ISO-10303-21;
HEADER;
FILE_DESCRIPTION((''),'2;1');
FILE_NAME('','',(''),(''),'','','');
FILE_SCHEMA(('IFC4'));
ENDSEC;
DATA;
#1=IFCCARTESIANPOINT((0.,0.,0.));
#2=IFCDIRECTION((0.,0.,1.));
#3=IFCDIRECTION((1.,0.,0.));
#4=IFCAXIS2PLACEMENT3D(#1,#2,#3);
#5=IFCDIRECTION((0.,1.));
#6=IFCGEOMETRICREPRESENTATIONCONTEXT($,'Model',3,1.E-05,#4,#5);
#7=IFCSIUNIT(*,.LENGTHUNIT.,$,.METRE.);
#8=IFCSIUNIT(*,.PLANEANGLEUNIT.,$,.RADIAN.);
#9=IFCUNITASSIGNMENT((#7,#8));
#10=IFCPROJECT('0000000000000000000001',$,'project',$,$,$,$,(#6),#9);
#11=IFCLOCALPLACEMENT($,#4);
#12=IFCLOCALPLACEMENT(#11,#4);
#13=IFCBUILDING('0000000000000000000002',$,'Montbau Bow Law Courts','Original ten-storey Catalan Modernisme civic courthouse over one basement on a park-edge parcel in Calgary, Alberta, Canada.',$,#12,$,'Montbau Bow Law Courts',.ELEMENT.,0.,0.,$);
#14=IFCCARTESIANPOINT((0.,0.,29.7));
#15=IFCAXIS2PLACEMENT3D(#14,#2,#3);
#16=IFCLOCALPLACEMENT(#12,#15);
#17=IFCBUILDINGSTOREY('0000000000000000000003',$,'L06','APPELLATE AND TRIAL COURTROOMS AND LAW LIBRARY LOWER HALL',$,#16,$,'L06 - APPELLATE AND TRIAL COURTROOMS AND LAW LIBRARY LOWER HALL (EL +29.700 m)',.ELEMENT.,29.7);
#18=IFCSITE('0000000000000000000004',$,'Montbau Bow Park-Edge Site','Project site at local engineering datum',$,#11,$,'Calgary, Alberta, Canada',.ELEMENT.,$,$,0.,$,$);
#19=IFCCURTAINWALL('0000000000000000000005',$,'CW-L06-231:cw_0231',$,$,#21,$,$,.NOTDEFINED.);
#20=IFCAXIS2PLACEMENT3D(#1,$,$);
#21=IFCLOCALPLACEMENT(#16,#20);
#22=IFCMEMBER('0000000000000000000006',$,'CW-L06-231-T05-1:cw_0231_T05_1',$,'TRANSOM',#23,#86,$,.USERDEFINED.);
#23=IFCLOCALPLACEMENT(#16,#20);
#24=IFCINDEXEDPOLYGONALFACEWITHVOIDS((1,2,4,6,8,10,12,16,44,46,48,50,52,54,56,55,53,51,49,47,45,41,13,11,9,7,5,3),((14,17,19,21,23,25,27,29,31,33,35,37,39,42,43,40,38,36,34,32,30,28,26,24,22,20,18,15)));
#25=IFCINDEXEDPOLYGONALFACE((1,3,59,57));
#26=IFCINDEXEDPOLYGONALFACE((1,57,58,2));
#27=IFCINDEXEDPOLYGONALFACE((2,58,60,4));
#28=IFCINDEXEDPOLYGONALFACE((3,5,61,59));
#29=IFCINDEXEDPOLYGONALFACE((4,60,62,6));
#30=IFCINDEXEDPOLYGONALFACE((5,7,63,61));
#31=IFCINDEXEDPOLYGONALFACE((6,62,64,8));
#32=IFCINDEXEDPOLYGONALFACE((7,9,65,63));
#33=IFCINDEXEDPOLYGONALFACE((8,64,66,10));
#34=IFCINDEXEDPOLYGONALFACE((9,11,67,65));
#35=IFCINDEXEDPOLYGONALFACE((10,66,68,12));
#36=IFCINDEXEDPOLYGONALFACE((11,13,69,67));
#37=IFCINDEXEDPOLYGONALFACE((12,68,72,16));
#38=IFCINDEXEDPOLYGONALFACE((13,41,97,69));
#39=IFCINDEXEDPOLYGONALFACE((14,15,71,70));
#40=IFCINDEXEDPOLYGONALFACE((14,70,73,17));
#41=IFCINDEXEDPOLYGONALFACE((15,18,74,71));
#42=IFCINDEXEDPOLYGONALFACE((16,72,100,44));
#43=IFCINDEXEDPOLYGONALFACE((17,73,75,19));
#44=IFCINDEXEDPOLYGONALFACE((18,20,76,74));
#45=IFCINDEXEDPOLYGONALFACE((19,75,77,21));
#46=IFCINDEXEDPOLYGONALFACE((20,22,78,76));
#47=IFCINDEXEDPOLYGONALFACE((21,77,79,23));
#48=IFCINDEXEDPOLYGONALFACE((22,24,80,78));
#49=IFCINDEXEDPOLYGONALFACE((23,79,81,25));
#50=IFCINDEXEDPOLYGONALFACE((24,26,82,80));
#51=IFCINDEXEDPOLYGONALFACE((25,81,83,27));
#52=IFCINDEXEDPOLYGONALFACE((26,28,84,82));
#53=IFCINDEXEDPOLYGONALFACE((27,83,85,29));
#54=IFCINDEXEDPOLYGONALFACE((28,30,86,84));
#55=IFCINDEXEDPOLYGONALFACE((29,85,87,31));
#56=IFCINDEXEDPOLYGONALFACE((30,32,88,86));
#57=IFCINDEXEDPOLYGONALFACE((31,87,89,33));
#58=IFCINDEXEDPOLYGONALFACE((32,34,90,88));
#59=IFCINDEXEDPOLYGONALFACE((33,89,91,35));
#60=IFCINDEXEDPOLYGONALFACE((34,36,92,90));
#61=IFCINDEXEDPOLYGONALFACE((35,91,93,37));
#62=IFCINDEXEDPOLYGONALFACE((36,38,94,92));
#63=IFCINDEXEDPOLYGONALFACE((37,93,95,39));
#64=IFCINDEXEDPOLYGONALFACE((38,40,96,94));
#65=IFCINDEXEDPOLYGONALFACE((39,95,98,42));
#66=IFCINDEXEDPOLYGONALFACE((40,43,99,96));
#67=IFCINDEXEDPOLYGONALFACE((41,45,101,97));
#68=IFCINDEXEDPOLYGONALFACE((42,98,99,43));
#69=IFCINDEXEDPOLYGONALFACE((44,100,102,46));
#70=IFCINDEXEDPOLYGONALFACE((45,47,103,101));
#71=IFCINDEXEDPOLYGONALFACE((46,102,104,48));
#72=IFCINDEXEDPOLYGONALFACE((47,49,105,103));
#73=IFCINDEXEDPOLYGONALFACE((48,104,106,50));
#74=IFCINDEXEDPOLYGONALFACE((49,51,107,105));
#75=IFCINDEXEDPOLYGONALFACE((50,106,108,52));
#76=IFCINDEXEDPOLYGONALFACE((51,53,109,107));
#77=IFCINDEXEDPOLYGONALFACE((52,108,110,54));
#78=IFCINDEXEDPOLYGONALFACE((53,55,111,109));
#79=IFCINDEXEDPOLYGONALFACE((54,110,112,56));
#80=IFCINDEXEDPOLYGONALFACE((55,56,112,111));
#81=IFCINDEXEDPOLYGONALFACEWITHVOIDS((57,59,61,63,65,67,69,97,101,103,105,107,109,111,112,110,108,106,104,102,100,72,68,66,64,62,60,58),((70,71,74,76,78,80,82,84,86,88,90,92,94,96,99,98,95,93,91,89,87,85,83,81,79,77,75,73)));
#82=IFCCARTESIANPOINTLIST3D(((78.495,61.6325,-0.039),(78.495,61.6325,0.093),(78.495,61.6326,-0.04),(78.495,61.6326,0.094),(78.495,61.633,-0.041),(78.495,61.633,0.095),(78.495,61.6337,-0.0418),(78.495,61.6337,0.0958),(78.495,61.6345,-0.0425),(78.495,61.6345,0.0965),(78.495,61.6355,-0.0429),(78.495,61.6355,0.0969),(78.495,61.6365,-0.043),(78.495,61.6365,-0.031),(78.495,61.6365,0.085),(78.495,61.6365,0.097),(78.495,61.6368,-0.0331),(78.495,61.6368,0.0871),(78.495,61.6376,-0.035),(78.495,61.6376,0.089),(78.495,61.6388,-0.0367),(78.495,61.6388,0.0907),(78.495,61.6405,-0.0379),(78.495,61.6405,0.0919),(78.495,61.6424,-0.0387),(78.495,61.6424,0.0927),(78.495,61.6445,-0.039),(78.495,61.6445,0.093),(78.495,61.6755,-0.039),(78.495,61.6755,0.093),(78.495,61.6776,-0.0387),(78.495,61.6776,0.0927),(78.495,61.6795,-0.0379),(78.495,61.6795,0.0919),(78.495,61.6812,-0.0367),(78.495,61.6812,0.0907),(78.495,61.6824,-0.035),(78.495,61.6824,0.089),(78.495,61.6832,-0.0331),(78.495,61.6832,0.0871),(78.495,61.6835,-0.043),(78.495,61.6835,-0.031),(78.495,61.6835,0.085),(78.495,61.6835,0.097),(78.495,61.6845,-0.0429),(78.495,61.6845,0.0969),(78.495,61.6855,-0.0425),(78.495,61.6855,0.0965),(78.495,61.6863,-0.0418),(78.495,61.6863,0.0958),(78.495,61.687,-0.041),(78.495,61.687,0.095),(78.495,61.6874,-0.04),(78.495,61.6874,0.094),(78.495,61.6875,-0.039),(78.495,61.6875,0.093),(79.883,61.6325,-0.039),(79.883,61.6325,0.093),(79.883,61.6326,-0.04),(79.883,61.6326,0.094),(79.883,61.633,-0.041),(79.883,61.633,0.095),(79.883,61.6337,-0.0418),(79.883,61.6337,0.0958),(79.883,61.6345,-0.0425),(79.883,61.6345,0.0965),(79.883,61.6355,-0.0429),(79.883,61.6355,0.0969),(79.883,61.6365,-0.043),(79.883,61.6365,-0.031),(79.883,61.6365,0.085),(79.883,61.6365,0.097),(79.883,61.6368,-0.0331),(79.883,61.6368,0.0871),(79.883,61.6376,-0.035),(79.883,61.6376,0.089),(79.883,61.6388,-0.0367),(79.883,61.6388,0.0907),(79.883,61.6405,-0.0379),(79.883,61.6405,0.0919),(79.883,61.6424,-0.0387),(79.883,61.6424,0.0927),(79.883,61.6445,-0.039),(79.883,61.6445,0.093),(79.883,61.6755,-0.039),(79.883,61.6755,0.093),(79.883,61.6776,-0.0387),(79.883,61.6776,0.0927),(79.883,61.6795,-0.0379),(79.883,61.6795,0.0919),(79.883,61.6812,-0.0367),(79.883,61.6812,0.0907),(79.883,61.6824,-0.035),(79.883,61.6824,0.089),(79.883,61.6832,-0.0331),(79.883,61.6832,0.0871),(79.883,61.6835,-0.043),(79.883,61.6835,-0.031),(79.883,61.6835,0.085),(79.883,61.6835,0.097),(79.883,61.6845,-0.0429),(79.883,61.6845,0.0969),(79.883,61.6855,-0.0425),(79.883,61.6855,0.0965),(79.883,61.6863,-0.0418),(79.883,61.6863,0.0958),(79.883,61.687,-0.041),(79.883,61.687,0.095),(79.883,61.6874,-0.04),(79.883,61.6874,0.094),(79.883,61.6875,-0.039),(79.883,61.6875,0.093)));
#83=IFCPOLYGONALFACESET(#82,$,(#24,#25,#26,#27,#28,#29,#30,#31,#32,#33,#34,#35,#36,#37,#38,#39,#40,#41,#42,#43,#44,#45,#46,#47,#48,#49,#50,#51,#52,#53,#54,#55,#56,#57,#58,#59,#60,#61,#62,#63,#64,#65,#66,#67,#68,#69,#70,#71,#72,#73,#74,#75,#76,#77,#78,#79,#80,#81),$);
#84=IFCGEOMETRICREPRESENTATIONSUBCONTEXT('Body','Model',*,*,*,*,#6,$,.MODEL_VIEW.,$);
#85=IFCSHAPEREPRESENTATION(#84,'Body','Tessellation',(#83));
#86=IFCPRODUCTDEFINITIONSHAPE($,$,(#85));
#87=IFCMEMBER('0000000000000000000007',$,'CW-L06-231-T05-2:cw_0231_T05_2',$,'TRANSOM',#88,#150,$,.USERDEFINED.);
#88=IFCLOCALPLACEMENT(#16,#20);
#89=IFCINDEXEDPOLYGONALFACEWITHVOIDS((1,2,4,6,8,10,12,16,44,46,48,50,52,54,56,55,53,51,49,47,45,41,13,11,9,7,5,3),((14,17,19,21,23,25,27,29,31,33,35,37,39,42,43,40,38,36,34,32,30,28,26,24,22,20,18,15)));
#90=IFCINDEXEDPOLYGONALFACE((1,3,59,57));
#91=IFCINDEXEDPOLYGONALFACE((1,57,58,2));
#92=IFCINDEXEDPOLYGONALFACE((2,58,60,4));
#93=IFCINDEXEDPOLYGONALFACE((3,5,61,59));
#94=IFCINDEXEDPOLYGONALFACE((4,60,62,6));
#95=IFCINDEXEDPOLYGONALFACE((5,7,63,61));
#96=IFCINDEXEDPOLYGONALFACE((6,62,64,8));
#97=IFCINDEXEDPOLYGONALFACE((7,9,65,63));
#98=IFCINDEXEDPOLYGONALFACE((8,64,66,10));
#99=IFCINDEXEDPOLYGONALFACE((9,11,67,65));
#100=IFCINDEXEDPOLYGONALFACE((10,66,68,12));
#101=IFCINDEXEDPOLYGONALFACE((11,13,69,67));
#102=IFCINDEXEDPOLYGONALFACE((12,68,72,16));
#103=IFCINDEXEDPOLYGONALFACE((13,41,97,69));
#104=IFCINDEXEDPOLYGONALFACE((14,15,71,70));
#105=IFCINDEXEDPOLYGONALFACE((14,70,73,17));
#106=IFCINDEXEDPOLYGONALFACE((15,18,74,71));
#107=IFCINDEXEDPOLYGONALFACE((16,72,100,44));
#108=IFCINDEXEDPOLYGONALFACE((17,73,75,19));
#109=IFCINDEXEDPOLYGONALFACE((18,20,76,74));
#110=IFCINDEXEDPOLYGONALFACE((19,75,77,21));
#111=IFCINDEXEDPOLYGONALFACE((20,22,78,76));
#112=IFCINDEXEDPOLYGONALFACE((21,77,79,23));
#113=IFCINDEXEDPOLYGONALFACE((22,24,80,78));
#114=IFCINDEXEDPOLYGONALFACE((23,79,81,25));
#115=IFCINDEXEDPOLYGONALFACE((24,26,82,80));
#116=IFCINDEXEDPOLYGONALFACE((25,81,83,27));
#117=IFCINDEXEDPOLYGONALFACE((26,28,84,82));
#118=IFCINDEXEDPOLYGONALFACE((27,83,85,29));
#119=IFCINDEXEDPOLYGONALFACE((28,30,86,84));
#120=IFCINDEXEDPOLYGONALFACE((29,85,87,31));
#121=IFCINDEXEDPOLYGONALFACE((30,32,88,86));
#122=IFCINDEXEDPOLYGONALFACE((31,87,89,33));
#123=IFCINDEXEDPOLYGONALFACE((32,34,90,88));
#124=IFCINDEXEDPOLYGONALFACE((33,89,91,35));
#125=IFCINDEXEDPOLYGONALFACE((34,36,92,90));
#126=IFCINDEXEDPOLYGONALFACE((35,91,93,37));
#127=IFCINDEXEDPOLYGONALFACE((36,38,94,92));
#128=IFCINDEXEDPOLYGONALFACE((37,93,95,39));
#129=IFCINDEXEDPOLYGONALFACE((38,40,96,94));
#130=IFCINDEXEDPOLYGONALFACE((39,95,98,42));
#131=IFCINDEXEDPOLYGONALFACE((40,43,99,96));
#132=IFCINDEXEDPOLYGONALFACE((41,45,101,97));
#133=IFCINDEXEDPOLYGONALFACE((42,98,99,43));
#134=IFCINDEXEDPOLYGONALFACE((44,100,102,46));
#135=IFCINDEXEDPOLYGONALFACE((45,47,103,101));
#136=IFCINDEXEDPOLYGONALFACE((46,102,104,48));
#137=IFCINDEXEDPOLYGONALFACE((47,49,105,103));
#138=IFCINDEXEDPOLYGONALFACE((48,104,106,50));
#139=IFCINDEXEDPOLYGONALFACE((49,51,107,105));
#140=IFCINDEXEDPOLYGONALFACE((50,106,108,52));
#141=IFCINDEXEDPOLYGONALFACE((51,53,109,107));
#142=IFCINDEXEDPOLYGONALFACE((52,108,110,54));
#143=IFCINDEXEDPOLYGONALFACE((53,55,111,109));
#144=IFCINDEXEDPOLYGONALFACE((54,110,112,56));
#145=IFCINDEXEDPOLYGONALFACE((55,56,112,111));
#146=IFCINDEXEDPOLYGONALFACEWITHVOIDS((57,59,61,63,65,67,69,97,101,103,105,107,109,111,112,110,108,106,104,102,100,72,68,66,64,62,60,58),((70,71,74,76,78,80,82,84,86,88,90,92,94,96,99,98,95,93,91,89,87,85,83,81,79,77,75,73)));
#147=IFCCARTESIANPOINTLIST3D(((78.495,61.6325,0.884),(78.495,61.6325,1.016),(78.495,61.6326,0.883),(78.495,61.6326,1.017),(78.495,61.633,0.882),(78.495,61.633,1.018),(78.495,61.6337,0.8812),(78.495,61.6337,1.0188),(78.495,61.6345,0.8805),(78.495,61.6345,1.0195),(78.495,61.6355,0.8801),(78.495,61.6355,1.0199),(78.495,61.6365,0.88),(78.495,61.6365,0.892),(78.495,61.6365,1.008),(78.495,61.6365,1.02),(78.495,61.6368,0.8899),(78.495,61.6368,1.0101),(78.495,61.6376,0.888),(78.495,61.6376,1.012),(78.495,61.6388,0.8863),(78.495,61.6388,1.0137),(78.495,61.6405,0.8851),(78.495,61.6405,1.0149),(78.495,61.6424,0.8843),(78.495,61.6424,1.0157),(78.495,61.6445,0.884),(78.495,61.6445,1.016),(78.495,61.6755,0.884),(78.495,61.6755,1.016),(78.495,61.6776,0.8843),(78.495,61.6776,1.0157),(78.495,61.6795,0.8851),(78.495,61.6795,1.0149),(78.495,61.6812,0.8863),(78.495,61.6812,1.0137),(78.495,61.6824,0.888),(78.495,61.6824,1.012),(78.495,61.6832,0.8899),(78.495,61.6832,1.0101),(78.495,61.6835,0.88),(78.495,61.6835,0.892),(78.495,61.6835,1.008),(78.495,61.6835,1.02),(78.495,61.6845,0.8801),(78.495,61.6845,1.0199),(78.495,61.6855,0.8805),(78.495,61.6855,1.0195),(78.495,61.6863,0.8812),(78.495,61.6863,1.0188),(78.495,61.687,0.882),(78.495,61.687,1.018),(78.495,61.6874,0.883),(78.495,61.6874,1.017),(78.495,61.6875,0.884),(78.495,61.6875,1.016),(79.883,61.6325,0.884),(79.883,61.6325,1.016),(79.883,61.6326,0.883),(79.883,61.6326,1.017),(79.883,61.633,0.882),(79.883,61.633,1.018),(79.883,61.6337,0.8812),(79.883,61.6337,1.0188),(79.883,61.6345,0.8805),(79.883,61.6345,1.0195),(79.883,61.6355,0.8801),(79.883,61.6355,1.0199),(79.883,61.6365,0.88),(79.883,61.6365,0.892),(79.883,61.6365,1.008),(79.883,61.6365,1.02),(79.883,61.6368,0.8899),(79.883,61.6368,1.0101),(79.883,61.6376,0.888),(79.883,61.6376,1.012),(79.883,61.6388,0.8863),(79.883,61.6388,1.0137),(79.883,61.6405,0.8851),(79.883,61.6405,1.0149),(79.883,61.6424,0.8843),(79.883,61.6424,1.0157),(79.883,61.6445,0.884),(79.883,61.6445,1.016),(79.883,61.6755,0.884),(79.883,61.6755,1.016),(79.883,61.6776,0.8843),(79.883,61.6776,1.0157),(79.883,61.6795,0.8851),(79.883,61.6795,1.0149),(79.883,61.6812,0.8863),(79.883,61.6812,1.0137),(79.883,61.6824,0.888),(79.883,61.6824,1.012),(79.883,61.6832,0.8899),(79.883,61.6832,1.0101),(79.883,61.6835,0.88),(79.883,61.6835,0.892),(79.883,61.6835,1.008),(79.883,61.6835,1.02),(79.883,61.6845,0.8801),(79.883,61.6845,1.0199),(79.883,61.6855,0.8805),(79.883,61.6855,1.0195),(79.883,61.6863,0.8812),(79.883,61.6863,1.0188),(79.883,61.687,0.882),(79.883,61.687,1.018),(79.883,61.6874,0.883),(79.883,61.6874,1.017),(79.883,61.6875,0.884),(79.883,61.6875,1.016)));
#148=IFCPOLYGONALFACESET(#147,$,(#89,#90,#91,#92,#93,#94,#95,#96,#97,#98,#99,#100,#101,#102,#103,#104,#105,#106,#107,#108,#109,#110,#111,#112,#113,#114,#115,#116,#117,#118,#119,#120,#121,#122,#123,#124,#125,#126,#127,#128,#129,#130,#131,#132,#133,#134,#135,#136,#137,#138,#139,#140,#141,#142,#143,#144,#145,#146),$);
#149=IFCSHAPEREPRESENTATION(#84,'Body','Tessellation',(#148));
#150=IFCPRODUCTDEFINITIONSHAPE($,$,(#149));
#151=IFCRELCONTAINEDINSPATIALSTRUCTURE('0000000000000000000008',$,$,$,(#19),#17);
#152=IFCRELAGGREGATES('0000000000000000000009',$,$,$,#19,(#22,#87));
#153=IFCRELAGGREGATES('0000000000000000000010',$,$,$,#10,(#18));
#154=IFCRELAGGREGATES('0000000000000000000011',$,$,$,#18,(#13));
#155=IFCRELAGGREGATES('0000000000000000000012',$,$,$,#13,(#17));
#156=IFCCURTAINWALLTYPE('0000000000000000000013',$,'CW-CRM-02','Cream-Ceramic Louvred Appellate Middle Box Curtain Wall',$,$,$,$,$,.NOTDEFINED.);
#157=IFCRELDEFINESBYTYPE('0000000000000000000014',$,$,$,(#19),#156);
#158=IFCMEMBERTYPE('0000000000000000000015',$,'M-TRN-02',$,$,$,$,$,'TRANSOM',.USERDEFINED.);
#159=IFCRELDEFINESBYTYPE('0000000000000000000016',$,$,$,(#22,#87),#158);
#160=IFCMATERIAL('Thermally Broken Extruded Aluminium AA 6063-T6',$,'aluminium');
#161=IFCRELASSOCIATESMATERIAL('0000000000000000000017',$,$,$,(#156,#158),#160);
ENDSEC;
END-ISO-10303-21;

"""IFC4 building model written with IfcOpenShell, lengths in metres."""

from ifc_helpers import new_model, si_unit, direction, frame, origin_with_axes, origin_2d_with_axis, place, context, subcontext, project, spatial, hollow_rectangle, extrude, material, material_profile, profile_set, type_object, element, aggregate, save


model = new_model("IFC4")

# Units and contexts
model_context = context("Model", 3, precision=1e-05, world=origin_with_axes(), true_north=direction((0.0, 1.0)))
body_context = subcontext(model_context, "Body", "Model", "MODEL_VIEW")
ifc_project = project(units=[si_unit("LENGTHUNIT", "METRE"), si_unit("PLANEANGLEUNIT", "RADIAN")], contexts=[model_context])

# Site, building, storey
site_placement = place(None, origin_with_axes())
site = spatial("IfcSite", under=ifc_project, at=site_placement, Name="Montbau Bow Park-Edge Site", Description="Project site at local engineering datum", LongName="Calgary, Alberta, Canada", CompositionType="ELEMENT", RefElevation=0.0)
building_placement = place(site_placement, origin_with_axes())
building = spatial("IfcBuilding", under=site, at=building_placement, Name="Montbau Bow Law Courts", Description="Original ten-storey Catalan Modernisme civic courthouse over one basement on a park-edge parcel in Calgary, Alberta, Canada.", LongName="Montbau Bow Law Courts", CompositionType="ELEMENT", ElevationOfRefHeight=0.0, ElevationOfTerrain=0.0)
storey_placement = place(building_placement, frame((0.0, 0.0, 29.7), z_axis=(0.0, 0.0, 1.0), x_axis=(1.0, 0.0, 0.0)))
storey = spatial("IfcBuildingStorey", under=building, at=storey_placement, Name="L06", Description="APPELLATE AND TRIAL COURTROOMS AND LAW LIBRARY LOWER HALL", LongName="L06 - APPELLATE AND TRIAL COURTROOMS AND LAW LIBRARY LOWER HALL (EL +29.700 m)", CompositionType="ELEMENT", Elevation=29.7)

# Curtain wall
ifc_material_1 = material(Name="Thermally Broken Extruded Aluminium AA 6063-T6", Category="aluminium")
curtain_wall_type = type_object("IfcCurtainWallType", Name="CW-CRM-02", Description="Cream-Ceramic Louvred Appellate Middle Box Curtain Wall", PredefinedType="NOTDEFINED", material=ifc_material_1)
curtain_wall_1_placement = place(None, frame((72.44, 61.66, 29.7), z_axis=(0.0, 0.0, 1.0), x_axis=(1.0, 0.0, 0.0)))
curtain_wall_1 = element("IfcCurtainWall", 1, at=curtain_wall_1_placement, inside=storey, type_object=curtain_wall_type, Name="CW-L06-231:cw_0231", PredefinedType="NOTDEFINED")

# Members
ifc_material_profile_1 = material_profile(ifc_material_1, hollow_rectangle(XDim=0.055, YDim=0.14, WallThickness=0.004, InnerFilletRadius=0.008, OuterFilletRadius=0.004, at=origin_2d_with_axis()), Name="CWT-140X55", Category="Main", Priority=0)
ifc_profile_set_1 = profile_set([ifc_material_profile_1], Name="Thermally Broken Extruded Aluminium AA 6063-T6")
member_type_1 = type_object("IfcMemberType", Name="M-TRN-02", ElementType="TRANSOM", PredefinedType="USERDEFINED", material=ifc_profile_set_1)
member_1_placement = place(None, frame((78.495, 61.66, 29.727), z_axis=(1.0, 0.0, 0.0), x_axis=(0.0, 1.0, 0.0)))
member_1 = element("IfcMember", 2, at=member_1_placement, type_object=member_type_1, Name="CW-L06-231-T05-1:cw_0231_T05_1", ObjectType="TRANSOM", PredefinedType="USERDEFINED", context=body_context, shape_type="SweptSolid", body=[
    extrude(hollow_rectangle(XDim=0.055, YDim=0.14, WallThickness=0.004, InnerFilletRadius=0.008, OuterFilletRadius=0.004, at=origin_2d_with_axis()), origin_with_axes(), (0.0, 0.0, 1.0), 1.388),
])
member_2_placement = place(None, frame((78.495, 61.66, 30.65), z_axis=(1.0, 0.0, 0.0), x_axis=(0.0, 1.0, 0.0)))
member_2 = element("IfcMember", 3, at=member_2_placement, type_object=member_type_1, Name="CW-L06-231-T05-2:cw_0231_T05_2", ObjectType="TRANSOM", PredefinedType="USERDEFINED", context=body_context, shape_type="SweptSolid", body=[
    extrude(hollow_rectangle(XDim=0.055, YDim=0.14, WallThickness=0.004, InnerFilletRadius=0.008, OuterFilletRadius=0.004, at=origin_2d_with_axis()), origin_with_axes(), (0.0, 0.0, 1.0), 1.388),
])
aggregate(curtain_wall_1, [member_1, member_2])

save(model, "model.ifc")
